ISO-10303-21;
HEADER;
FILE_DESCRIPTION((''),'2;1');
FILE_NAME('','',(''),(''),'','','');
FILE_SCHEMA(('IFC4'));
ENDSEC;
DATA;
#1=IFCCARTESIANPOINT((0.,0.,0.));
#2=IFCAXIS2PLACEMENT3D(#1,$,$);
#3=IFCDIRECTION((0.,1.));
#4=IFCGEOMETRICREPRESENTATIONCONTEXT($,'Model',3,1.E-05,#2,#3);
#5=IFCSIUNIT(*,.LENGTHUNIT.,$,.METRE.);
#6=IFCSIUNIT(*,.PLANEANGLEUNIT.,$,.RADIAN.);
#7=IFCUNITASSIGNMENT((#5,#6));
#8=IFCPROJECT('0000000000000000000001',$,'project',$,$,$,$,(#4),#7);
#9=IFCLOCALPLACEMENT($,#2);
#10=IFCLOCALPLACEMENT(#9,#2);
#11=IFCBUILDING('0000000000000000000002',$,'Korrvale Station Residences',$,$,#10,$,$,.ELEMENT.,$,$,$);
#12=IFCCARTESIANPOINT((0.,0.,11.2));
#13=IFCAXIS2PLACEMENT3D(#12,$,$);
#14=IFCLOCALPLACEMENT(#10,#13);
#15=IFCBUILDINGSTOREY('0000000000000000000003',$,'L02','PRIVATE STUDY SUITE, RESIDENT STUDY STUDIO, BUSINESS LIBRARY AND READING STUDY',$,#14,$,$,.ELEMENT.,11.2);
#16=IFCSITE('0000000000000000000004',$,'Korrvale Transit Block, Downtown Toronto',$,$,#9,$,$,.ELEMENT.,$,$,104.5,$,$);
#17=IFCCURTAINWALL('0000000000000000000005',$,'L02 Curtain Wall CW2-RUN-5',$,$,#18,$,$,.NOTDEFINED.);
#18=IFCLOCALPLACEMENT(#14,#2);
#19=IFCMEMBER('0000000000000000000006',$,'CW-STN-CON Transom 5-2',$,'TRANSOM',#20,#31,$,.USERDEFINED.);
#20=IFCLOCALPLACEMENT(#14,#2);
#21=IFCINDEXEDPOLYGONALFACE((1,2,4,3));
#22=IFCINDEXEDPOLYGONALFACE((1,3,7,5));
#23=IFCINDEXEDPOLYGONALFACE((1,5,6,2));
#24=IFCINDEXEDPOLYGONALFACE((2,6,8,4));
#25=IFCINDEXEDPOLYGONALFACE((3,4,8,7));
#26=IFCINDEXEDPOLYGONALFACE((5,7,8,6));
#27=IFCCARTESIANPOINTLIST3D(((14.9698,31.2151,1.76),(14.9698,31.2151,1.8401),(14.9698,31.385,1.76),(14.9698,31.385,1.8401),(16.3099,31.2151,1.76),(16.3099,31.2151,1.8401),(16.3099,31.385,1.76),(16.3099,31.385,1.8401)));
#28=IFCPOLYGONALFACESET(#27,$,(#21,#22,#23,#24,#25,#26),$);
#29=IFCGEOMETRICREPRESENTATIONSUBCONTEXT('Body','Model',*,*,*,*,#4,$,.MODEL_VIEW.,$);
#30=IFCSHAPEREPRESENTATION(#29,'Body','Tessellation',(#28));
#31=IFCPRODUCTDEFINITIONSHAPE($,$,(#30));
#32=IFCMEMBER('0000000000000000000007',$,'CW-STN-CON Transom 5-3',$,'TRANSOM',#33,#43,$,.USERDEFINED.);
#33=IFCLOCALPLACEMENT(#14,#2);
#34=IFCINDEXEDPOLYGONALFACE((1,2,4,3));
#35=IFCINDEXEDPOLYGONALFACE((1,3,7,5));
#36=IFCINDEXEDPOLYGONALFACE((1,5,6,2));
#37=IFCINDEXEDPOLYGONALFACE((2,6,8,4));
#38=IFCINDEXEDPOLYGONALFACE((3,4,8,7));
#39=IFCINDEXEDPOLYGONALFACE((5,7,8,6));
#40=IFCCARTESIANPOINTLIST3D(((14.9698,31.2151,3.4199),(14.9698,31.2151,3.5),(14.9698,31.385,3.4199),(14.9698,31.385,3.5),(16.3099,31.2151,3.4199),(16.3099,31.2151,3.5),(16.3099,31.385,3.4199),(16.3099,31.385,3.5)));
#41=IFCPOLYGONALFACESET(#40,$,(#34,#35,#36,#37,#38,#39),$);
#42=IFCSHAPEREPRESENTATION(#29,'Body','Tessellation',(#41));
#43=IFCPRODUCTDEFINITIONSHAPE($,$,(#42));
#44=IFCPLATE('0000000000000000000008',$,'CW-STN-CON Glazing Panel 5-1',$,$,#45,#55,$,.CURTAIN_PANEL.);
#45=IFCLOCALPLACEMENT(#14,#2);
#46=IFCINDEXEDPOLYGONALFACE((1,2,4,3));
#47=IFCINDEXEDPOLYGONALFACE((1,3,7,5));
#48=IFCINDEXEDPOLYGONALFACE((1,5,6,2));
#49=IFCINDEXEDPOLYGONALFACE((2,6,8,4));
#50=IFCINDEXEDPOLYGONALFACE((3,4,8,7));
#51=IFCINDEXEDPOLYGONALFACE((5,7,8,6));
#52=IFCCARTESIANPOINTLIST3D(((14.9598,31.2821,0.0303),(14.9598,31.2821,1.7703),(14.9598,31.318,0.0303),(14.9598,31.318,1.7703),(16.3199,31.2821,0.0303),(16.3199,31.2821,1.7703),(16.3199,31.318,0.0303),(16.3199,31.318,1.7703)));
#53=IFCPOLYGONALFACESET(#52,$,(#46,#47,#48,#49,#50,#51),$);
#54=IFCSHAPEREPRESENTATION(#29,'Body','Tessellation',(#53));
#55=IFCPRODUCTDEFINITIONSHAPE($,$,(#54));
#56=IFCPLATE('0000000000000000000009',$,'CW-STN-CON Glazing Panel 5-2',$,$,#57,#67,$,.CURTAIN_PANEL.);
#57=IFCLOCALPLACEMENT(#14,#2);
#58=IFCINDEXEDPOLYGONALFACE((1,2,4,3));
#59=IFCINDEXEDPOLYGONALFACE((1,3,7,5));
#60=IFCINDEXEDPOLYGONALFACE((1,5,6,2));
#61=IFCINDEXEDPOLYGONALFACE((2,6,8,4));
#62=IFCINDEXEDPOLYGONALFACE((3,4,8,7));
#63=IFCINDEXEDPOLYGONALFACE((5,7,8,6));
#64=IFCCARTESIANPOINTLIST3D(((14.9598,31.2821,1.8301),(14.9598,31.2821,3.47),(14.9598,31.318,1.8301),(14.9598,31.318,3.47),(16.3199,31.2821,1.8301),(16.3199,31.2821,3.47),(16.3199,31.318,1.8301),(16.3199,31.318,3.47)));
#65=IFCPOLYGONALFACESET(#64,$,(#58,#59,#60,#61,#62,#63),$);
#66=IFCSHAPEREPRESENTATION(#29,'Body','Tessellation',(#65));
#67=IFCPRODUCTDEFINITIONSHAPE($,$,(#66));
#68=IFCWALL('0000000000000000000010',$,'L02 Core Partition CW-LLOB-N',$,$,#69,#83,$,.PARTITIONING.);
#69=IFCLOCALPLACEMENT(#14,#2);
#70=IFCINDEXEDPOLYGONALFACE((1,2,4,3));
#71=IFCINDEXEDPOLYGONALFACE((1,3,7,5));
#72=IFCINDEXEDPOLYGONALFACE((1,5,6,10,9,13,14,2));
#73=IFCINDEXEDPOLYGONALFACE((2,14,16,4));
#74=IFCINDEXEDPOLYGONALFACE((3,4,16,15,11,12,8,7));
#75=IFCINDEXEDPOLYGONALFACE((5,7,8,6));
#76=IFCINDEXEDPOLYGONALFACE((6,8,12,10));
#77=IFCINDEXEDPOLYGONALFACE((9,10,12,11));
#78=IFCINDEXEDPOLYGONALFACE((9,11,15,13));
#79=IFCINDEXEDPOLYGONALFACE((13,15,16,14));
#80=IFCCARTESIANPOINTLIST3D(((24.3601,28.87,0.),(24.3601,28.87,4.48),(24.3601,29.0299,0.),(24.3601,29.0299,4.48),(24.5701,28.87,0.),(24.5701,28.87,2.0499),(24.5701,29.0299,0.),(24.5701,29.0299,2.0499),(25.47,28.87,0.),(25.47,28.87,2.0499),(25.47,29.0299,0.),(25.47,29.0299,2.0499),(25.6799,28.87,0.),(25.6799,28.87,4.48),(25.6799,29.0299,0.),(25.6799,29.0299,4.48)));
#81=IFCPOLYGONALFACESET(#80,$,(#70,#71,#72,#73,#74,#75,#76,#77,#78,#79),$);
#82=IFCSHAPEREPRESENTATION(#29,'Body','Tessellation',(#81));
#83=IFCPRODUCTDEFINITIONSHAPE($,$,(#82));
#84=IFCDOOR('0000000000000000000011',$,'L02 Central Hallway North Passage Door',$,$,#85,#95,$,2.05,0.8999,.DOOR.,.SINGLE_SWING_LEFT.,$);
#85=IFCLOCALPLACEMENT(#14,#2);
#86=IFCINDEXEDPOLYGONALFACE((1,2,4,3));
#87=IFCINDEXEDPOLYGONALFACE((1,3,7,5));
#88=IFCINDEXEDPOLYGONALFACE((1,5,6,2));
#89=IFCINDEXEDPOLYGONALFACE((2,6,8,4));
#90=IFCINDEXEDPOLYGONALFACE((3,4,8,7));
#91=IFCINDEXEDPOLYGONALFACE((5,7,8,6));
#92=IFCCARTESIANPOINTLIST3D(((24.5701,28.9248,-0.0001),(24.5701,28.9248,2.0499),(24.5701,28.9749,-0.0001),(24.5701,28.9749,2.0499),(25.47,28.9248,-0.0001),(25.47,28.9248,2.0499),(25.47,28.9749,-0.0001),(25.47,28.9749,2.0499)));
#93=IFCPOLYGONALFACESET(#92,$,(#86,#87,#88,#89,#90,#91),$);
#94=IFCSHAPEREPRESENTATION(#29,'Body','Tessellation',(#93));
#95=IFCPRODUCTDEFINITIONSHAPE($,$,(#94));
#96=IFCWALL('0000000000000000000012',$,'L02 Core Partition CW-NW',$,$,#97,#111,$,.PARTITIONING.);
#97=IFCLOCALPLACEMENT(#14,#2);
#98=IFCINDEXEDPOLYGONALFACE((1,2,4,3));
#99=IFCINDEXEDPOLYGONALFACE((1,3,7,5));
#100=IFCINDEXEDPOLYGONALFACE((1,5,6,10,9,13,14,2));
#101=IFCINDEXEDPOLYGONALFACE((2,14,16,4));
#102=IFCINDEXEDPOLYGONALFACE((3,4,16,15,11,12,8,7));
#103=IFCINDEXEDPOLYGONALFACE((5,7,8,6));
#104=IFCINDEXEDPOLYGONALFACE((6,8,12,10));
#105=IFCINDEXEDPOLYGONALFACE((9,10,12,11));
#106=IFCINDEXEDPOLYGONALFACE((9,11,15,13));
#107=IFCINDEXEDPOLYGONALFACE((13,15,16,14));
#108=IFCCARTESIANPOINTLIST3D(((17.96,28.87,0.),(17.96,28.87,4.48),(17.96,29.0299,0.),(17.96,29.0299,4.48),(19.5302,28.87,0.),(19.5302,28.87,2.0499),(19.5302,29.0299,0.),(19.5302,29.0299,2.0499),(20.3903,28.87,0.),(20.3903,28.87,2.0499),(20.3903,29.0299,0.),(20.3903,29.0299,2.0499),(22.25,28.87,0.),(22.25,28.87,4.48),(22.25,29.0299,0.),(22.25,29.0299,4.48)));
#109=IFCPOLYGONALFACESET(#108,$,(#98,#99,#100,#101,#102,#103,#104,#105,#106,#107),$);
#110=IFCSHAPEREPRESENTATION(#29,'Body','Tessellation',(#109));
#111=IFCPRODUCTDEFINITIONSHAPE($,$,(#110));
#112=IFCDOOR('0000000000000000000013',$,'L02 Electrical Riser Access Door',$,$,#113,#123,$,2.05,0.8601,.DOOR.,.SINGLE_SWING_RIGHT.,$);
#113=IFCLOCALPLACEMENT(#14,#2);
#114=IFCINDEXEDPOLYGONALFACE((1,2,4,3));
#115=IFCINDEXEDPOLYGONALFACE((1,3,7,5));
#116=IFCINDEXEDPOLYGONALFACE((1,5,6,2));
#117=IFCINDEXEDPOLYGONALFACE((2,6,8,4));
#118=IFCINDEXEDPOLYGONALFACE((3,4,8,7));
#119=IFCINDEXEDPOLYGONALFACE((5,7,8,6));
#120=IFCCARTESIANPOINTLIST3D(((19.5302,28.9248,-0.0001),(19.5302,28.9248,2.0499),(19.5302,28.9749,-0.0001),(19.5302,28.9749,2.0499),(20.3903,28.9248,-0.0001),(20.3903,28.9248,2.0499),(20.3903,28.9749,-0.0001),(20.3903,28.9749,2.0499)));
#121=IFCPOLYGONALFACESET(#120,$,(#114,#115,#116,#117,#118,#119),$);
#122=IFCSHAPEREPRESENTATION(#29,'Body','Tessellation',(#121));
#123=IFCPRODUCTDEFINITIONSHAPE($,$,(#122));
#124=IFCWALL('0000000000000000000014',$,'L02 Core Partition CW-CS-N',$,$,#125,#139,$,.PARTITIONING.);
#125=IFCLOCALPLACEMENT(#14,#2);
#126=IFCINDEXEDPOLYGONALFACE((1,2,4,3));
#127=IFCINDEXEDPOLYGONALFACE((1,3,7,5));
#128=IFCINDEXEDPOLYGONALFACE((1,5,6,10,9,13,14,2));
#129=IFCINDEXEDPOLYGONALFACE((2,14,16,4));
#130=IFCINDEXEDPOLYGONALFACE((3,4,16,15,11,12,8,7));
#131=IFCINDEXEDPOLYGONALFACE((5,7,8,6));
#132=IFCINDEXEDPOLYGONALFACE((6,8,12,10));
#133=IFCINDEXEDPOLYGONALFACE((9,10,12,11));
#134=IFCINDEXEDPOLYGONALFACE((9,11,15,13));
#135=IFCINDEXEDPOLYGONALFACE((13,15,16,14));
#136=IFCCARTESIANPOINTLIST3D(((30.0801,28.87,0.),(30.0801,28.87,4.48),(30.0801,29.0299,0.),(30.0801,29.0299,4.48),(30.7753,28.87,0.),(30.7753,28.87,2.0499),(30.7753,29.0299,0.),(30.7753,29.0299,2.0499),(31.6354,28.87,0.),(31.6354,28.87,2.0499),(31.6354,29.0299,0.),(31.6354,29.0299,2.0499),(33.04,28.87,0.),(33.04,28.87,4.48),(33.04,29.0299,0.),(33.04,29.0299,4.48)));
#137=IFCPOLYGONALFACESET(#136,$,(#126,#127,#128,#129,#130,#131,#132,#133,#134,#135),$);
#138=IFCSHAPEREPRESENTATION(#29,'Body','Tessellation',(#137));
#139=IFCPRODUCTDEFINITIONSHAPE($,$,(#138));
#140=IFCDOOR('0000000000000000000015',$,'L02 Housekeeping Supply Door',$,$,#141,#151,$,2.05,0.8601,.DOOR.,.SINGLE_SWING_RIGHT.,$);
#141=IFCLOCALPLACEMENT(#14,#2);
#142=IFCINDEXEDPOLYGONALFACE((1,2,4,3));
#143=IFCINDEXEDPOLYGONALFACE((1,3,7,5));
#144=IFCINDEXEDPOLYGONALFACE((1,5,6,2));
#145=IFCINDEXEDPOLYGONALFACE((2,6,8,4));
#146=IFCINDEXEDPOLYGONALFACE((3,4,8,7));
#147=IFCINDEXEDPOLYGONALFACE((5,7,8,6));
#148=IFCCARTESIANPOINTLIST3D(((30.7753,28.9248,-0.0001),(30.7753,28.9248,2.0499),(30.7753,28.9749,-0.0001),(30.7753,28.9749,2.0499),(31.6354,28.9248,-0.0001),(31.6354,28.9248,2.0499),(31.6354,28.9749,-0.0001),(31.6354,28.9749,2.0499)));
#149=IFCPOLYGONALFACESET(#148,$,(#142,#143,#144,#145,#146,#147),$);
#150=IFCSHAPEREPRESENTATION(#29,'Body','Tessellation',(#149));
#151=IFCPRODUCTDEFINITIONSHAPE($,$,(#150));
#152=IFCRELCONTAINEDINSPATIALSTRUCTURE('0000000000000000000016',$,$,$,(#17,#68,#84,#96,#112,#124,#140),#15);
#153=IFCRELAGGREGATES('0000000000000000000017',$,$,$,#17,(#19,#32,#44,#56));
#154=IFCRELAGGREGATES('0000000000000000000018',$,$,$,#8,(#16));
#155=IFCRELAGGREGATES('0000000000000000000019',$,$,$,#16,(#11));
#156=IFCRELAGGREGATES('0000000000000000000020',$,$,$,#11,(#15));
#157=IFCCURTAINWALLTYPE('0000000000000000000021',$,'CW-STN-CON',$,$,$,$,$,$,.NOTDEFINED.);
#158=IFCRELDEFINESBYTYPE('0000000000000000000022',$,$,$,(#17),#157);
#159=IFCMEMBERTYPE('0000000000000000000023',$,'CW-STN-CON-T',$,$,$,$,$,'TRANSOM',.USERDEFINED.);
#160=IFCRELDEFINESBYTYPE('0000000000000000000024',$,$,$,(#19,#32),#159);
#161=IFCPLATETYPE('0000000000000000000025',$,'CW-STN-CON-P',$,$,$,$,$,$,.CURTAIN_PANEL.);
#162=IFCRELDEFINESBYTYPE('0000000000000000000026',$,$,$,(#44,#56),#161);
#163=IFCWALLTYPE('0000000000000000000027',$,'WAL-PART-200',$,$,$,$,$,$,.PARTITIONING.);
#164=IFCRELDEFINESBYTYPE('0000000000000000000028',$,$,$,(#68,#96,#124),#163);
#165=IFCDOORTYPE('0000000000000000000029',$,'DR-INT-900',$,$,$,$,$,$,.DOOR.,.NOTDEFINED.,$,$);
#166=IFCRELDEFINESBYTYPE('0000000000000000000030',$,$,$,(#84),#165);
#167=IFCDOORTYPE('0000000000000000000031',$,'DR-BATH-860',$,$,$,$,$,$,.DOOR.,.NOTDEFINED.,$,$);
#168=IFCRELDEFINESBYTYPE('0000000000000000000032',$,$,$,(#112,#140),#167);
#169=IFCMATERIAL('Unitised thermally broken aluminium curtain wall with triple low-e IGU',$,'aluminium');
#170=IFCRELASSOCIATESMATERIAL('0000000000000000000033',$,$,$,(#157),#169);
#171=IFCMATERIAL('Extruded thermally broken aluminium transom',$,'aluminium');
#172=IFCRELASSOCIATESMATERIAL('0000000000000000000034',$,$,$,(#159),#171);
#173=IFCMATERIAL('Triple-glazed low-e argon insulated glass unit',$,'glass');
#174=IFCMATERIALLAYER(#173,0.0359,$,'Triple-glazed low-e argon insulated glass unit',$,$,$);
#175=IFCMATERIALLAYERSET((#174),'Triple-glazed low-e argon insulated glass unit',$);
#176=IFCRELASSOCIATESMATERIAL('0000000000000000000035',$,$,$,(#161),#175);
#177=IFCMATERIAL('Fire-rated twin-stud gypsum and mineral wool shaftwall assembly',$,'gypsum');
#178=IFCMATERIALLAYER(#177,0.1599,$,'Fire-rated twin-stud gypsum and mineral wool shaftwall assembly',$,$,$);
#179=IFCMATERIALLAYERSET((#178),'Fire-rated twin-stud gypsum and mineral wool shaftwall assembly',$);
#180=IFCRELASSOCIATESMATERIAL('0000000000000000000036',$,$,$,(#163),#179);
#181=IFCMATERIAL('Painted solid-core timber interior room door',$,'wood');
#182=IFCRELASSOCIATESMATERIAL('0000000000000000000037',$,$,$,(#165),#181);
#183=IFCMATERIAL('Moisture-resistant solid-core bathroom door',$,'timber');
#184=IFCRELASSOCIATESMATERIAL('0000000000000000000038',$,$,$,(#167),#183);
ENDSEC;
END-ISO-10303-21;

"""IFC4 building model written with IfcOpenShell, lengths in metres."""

from ifc_helpers import new_model, si_unit, direction, frame, frame_2d, origin, origin_2d, place, context, subcontext, project, spatial, rectangle, extrude, material, layer, layer_set, type_object, element, fill, aggregate, save


model = new_model("IFC4")

# Units and contexts
model_context = context("Model", 3, precision=1e-05, world=origin(), true_north=direction((0.0, 1.0)))
body_context = subcontext(model_context, "Body", "Model", "MODEL_VIEW")
ifc_project = project(units=[si_unit("LENGTHUNIT", "METRE"), si_unit("PLANEANGLEUNIT", "RADIAN")], contexts=[model_context])

# Site, building, storey
site_placement = place(None, origin())
site = spatial("IfcSite", under=ifc_project, at=site_placement, Name="Korrvale Transit Block, Downtown Toronto", CompositionType="ELEMENT", RefElevation=104.5)
building_placement = place(site_placement, origin())
building = spatial("IfcBuilding", under=site, at=building_placement, Name="Korrvale Station Residences", CompositionType="ELEMENT")
storey_placement = place(building_placement, frame((0.0, 0.0, 11.2)))
storey = spatial("IfcBuildingStorey", under=building, at=storey_placement, Name="L02", Description="PRIVATE STUDY SUITE, RESIDENT STUDY STUDIO, BUSINESS LIBRARY AND READING STUDY", CompositionType="ELEMENT", Elevation=11.2)

# Curtain wall, members, plates
ifc_material_1 = material(Name="Unitised thermally broken aluminium curtain wall with triple low-e IGU", Category="aluminium")
curtain_wall_type = type_object("IfcCurtainWallType", Name="CW-STN-CON", PredefinedType="NOTDEFINED", material=ifc_material_1)
curtain_wall_placement = place(storey_placement, origin())
curtain_wall = element("IfcCurtainWall", 1, at=curtain_wall_placement, inside=storey, type_object=curtain_wall_type, Name="L02 Curtain Wall CW2-RUN-5", PredefinedType="NOTDEFINED")
ifc_material_2 = material(Name="Extruded thermally broken aluminium transom", Category="aluminium")
member_type_1 = type_object("IfcMemberType", Name="CW-STN-CON-T", ElementType="TRANSOM", PredefinedType="USERDEFINED", material=ifc_material_2)
member_1_placement = place(storey_placement, frame((15.6399, 31.3, 1.76), z_axis=(0.0, 0.0, 1.0), x_axis=(1.0, 0.0, 0.0)))
member_1 = element("IfcMember", 2, at=member_1_placement, type_object=member_type_1, Name="CW-STN-CON Transom 5-2", ObjectType="TRANSOM", PredefinedType="USERDEFINED", context=body_context, shape_type="SweptSolid", body=[
    extrude(rectangle(XDim=1.3401, YDim=0.1699, at=origin_2d()), origin(), (0.0, 0.0, 1.0), 0.0801),
])
member_2_placement = place(storey_placement, frame((15.6399, 31.3, 3.4199), z_axis=(0.0, 0.0, 1.0), x_axis=(1.0, 0.0, 0.0)))
member_2 = element("IfcMember", 3, at=member_2_placement, type_object=member_type_1, Name="CW-STN-CON Transom 5-3", ObjectType="TRANSOM", PredefinedType="USERDEFINED", context=body_context, shape_type="SweptSolid", body=[
    extrude(rectangle(XDim=1.3401, YDim=0.1699, at=origin_2d()), origin(), (0.0, 0.0, 1.0), 0.0801),
])
ifc_material_3 = material(Name="Triple-glazed low-e argon insulated glass unit", Category="glass")
ifc_layer_1 = layer(ifc_material_3, 0.0359, Name="Triple-glazed low-e argon insulated glass unit")
ifc_layer_set_1 = layer_set([ifc_layer_1], Name="Triple-glazed low-e argon insulated glass unit")
plate_type = type_object("IfcPlateType", Name="CW-STN-CON-P", PredefinedType="CURTAIN_PANEL", material=ifc_layer_set_1)
plate_1_placement = place(storey_placement, frame((15.6399, 31.3, 0.0303), z_axis=(0.0, 0.0, 1.0), x_axis=(1.0, 0.0, 0.0)))
plate_1 = element("IfcPlate", 4, at=plate_1_placement, type_object=plate_type, Name="CW-STN-CON Glazing Panel 5-1", PredefinedType="CURTAIN_PANEL", context=body_context, shape_type="SweptSolid", body=[
    extrude(rectangle(XDim=1.3601, YDim=0.0359, at=origin_2d()), origin(), (0.0, 0.0, 1.0), 1.74),
])
plate_2_placement = place(storey_placement, frame((15.6399, 31.3, 1.8301), z_axis=(0.0, 0.0, 1.0), x_axis=(1.0, 0.0, 0.0)))
plate_2 = element("IfcPlate", 5, at=plate_2_placement, type_object=plate_type, Name="CW-STN-CON Glazing Panel 5-2", PredefinedType="CURTAIN_PANEL", context=body_context, shape_type="SweptSolid", body=[
    extrude(rectangle(XDim=1.3601, YDim=0.0359, at=origin_2d()), origin(), (0.0, 0.0, 1.0), 1.6399),
])
aggregate(curtain_wall, [member_1, member_2, plate_1, plate_2])

# Walls, openings, doors
ifc_material_4 = material(Name="Fire-rated twin-stud gypsum and mineral wool shaftwall assembly", Category="gypsum")
ifc_layer_2 = layer(ifc_material_4, 0.1599, Name="Fire-rated twin-stud gypsum and mineral wool shaftwall assembly")
ifc_layer_set_2 = layer_set([ifc_layer_2], Name="Fire-rated twin-stud gypsum and mineral wool shaftwall assembly")
wall_type_1 = type_object("IfcWallType", Name="WAL-PART-200", PredefinedType="PARTITIONING", material=ifc_layer_set_2)
wall_1_placement = place(storey_placement, frame((24.3601, 28.95, 0.0), z_axis=(0.0, 0.0, 1.0), x_axis=(1.0, 0.0, 0.0)))
wall_1 = element("IfcWall", 6, at=wall_1_placement, inside=storey, type_object=wall_type_1, Name="L02 Core Partition CW-LLOB-N", PredefinedType="PARTITIONING", context=body_context, shape_type="SweptSolid", body=[
    extrude(rectangle(XDim=1.3198, YDim=0.1599, at=frame_2d((0.6599, 0.0))), origin(), (0.0, 0.0, 1.0), 4.48),
])
opening_1_placement = place(wall_1_placement, frame((0.21, 0.0, 0.0)))
opening_1 = element("IfcOpeningElement", 7, at=opening_1_placement, cuts=wall_1, PredefinedType="OPENING", context=body_context, shape_type="SweptSolid", body=[
    extrude(rectangle(XDim=0.8999, YDim=2.05, at=frame_2d((0.45, 1.0249))), frame((0.0, 0.0898, 0.0), z_axis=(0.0, -1.0, 0.0), x_axis=(1.0, 0.0, 0.0)), (0.0, 0.0, 1.0), 0.1799),
])
ifc_material_5 = material(Name="Painted solid-core timber interior room door", Category="wood")
door_type_1 = type_object("IfcDoorType", Name="DR-INT-900", OperationType="NOTDEFINED", PredefinedType="DOOR", material=ifc_material_5)
door_1_placement = place(opening_1_placement, origin())
door_1 = element("IfcDoor", 8, at=door_1_placement, inside=storey, type_object=door_type_1, Name="L02 Central Hallway North Passage Door", OperationType="SINGLE_SWING_LEFT", OverallHeight=2.05, OverallWidth=0.8999, PredefinedType="DOOR", context=body_context, shape_type="SweptSolid", body=[
    extrude(rectangle(XDim=0.8999, YDim=2.05, at=frame_2d((0.45, 1.0249))), frame((0.0, 0.0249, 0.0), z_axis=(0.0, -1.0, 0.0), x_axis=(1.0, 0.0, 0.0)), (0.0, 0.0, 1.0), 0.05),
])
fill(opening_1, door_1)
wall_2_placement = place(storey_placement, frame((17.96, 28.95, 0.0), z_axis=(0.0, 0.0, 1.0), x_axis=(1.0, 0.0, 0.0)))
wall_2 = element("IfcWall", 9, at=wall_2_placement, inside=storey, type_object=wall_type_1, Name="L02 Core Partition CW-NW", PredefinedType="PARTITIONING", context=body_context, shape_type="SweptSolid", body=[
    extrude(rectangle(XDim=4.29, YDim=0.1599, at=frame_2d((2.145, 0.0))), origin(), (0.0, 0.0, 1.0), 4.48),
])
opening_2_placement = place(wall_2_placement, frame((1.5701, 0.0, 0.0)))
opening_2 = element("IfcOpeningElement", 10, at=opening_2_placement, cuts=wall_2, PredefinedType="OPENING", context=body_context, shape_type="SweptSolid", body=[
    extrude(rectangle(XDim=0.8601, YDim=2.05, at=frame_2d((0.4302, 1.0249))), frame((0.0, 0.0898, 0.0), z_axis=(0.0, -1.0, 0.0), x_axis=(1.0, 0.0, 0.0)), (0.0, 0.0, 1.0), 0.1799),
])
ifc_material_6 = material(Name="Moisture-resistant solid-core bathroom door", Category="timber")
door_type_2 = type_object("IfcDoorType", Name="DR-BATH-860", OperationType="NOTDEFINED", PredefinedType="DOOR", material=ifc_material_6)
door_2_placement = place(opening_2_placement, origin())
door_2 = element("IfcDoor", 11, at=door_2_placement, inside=storey, type_object=door_type_2, Name="L02 Electrical Riser Access Door", OperationType="SINGLE_SWING_RIGHT", OverallHeight=2.05, OverallWidth=0.8601, PredefinedType="DOOR", context=body_context, shape_type="SweptSolid", body=[
    extrude(rectangle(XDim=0.8601, YDim=2.05, at=frame_2d((0.4302, 1.0249))), frame((0.0, 0.0249, 0.0), z_axis=(0.0, -1.0, 0.0), x_axis=(1.0, 0.0, 0.0)), (0.0, 0.0, 1.0), 0.05),
])
fill(opening_2, door_2)
wall_3_placement = place(storey_placement, frame((30.0801, 28.95, 0.0), z_axis=(0.0, 0.0, 1.0), x_axis=(1.0, 0.0, 0.0)))
wall_3 = element("IfcWall", 12, at=wall_3_placement, inside=storey, type_object=wall_type_1, Name="L02 Core Partition CW-CS-N", PredefinedType="PARTITIONING", context=body_context, shape_type="SweptSolid", body=[
    extrude(rectangle(XDim=2.96, YDim=0.1599, at=frame_2d((1.48, 0.0))), origin(), (0.0, 0.0, 1.0), 4.48),
])
opening_3_placement = place(wall_3_placement, frame((0.6951, 0.0, 0.0)))
opening_3 = element("IfcOpeningElement", 13, at=opening_3_placement, cuts=wall_3, PredefinedType="OPENING", context=body_context, shape_type="SweptSolid", body=[
    extrude(rectangle(XDim=0.8601, YDim=2.05, at=frame_2d((0.4302, 1.0249))), frame((0.0, 0.0898, 0.0), z_axis=(0.0, -1.0, 0.0), x_axis=(1.0, 0.0, 0.0)), (0.0, 0.0, 1.0), 0.1799),
])
door_3_placement = place(opening_3_placement, origin())
door_3 = element("IfcDoor", 14, at=door_3_placement, inside=storey, type_object=door_type_2, Name="L02 Housekeeping Supply Door", OperationType="SINGLE_SWING_RIGHT", OverallHeight=2.05, OverallWidth=0.8601, PredefinedType="DOOR", context=body_context, shape_type="SweptSolid", body=[
    extrude(rectangle(XDim=0.8601, YDim=2.05, at=frame_2d((0.4302, 1.0249))), frame((0.0, 0.0249, 0.0), z_axis=(0.0, -1.0, 0.0), x_axis=(1.0, 0.0, 0.0)), (0.0, 0.0, 1.0), 0.05),
])
fill(opening_3, door_3)

save(model, "model.ifc")
